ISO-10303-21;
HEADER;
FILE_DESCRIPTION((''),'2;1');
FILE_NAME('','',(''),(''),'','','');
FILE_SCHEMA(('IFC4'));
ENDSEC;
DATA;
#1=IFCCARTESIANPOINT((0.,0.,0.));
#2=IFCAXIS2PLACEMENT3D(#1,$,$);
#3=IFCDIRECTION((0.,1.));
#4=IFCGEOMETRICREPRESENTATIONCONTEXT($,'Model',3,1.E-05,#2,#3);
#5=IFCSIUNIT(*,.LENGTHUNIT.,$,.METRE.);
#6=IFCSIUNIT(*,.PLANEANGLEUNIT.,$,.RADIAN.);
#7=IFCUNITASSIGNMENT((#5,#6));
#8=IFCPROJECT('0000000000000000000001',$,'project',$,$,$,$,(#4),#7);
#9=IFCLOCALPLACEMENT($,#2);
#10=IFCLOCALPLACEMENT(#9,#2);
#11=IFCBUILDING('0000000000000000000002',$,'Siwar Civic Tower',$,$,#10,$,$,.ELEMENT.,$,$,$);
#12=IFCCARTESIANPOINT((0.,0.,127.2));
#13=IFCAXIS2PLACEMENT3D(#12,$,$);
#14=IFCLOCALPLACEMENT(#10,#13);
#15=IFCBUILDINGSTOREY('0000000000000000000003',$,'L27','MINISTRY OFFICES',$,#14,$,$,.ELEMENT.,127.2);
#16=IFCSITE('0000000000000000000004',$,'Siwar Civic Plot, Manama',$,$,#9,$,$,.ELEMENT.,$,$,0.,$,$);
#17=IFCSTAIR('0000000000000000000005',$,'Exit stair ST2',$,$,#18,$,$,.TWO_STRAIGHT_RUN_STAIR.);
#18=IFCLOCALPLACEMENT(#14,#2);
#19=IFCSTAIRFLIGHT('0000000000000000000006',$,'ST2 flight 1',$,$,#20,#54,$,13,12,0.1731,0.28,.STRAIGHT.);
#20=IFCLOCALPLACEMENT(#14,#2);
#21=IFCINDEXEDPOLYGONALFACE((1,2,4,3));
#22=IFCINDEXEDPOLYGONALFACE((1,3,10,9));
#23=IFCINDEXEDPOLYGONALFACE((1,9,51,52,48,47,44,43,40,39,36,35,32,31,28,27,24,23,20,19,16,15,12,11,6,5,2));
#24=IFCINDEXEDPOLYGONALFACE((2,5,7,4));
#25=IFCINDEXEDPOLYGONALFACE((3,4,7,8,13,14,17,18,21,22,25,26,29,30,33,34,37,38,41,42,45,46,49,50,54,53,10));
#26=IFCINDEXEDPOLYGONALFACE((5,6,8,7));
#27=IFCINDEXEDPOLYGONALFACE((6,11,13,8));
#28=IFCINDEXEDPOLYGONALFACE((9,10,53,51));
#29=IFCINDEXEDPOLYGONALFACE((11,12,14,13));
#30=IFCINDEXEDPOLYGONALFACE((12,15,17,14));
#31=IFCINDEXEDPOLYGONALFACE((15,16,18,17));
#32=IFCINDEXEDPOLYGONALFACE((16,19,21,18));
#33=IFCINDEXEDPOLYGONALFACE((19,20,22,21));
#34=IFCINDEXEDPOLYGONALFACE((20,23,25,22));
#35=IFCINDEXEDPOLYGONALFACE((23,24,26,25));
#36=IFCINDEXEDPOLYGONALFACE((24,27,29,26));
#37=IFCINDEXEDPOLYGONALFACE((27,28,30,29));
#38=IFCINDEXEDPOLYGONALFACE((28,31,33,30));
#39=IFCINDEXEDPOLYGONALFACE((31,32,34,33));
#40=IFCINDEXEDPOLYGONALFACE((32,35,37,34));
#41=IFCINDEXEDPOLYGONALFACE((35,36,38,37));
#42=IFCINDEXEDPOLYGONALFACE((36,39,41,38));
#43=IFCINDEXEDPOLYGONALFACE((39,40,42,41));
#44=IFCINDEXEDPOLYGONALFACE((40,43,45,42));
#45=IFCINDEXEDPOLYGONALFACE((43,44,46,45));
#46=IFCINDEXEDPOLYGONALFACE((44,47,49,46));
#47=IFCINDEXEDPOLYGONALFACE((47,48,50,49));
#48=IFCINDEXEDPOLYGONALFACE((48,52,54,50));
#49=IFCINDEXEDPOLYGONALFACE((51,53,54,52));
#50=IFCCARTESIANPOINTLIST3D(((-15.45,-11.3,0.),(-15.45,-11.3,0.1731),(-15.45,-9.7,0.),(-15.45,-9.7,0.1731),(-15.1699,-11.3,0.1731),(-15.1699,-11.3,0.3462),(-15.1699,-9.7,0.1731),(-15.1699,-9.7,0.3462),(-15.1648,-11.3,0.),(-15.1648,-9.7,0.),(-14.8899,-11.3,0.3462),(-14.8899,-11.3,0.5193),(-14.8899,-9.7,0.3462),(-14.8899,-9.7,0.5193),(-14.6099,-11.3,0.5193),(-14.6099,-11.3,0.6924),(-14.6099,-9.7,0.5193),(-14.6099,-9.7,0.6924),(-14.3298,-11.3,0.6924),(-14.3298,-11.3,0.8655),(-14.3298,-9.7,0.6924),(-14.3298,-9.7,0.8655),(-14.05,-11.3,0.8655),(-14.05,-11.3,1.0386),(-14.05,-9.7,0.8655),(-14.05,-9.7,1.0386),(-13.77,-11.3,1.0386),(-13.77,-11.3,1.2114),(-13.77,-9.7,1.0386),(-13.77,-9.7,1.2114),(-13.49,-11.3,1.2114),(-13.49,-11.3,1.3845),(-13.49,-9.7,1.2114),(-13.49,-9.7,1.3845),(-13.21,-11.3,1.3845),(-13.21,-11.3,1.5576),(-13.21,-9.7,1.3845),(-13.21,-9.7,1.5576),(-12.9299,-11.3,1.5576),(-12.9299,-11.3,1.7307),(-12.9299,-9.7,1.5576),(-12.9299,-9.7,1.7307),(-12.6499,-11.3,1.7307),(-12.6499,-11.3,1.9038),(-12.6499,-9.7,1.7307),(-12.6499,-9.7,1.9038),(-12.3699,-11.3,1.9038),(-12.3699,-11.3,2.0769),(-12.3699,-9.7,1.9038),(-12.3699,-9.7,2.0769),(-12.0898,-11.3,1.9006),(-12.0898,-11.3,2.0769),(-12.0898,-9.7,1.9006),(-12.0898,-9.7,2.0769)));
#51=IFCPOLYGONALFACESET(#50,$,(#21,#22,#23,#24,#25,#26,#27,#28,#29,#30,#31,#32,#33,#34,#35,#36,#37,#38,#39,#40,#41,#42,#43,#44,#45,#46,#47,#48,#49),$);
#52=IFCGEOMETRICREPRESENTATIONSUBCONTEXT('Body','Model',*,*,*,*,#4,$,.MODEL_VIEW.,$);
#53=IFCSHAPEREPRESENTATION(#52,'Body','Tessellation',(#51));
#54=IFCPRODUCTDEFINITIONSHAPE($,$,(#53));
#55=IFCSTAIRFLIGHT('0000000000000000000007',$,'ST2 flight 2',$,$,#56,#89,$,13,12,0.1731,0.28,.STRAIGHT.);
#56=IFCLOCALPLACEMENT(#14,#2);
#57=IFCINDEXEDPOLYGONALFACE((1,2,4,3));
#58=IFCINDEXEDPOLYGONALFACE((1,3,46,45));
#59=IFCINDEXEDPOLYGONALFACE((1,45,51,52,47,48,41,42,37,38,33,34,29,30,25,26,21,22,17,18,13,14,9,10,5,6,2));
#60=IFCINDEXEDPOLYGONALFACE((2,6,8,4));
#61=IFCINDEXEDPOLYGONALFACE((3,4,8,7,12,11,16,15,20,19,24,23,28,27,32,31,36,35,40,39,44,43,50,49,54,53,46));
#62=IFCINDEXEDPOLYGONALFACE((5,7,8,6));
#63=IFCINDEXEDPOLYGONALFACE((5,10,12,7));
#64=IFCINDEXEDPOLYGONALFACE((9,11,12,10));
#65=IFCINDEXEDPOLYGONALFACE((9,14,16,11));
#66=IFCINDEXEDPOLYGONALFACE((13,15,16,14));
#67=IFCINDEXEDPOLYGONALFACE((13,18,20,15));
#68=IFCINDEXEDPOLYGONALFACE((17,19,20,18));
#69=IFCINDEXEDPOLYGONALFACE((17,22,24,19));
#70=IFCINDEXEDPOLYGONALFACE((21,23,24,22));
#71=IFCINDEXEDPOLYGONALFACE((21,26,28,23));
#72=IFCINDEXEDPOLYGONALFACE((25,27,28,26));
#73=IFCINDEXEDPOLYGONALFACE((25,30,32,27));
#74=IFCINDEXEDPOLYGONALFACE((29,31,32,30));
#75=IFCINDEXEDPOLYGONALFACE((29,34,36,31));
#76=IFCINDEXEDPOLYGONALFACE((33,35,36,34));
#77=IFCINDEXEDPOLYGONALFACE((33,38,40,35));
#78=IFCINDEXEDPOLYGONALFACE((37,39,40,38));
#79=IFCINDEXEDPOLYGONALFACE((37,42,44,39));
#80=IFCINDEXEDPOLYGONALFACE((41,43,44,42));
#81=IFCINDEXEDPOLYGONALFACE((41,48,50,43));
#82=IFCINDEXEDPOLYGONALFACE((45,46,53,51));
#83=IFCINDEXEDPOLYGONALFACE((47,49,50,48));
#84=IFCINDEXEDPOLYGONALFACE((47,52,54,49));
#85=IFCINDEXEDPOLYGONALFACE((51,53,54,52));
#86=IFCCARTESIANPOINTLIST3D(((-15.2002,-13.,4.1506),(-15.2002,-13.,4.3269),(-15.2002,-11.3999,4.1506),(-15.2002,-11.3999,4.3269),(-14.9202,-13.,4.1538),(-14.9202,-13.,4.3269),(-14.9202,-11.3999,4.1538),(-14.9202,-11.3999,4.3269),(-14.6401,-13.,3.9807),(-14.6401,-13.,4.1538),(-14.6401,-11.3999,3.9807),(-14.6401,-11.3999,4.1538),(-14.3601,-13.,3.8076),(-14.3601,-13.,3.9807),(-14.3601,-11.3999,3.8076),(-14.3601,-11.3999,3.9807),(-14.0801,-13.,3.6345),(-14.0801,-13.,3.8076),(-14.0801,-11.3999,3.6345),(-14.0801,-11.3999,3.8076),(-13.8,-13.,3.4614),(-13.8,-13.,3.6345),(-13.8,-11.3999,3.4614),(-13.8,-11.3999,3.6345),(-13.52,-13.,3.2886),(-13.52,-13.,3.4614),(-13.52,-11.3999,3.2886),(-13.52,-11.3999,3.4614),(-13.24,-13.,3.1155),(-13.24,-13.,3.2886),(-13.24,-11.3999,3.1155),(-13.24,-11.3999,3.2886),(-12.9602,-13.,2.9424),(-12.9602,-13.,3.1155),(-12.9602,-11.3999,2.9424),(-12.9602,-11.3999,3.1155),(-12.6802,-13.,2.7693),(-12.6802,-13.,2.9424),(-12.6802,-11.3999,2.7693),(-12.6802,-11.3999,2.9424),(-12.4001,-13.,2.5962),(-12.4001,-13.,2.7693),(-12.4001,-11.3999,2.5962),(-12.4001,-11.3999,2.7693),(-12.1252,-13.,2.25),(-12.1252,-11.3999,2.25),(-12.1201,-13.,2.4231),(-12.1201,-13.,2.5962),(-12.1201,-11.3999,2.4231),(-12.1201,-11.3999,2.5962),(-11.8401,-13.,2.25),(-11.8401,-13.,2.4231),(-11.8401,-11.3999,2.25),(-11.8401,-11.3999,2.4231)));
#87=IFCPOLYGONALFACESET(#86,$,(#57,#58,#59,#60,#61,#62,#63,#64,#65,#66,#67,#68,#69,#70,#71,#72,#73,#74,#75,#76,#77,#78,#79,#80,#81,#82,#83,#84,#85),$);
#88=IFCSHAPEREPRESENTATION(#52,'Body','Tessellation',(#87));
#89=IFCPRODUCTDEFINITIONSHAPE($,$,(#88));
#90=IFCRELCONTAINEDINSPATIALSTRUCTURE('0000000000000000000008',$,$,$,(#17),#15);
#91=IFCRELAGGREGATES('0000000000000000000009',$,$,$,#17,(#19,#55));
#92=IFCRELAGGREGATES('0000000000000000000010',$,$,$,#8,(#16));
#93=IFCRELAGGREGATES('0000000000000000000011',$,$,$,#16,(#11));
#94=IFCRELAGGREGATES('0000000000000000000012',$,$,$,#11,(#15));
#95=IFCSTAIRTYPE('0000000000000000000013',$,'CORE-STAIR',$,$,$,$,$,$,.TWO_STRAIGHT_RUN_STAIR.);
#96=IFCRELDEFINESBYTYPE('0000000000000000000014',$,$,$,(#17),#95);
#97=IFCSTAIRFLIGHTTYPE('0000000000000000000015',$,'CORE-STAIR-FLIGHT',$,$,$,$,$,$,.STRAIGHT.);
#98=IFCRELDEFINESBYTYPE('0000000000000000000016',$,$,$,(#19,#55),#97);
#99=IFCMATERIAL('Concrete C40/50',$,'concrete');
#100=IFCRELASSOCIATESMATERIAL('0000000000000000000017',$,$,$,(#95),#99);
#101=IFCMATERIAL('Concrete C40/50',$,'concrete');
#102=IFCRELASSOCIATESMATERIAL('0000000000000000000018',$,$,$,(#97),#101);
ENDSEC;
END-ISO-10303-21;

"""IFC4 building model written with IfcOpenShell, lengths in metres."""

from ifc_helpers import new_model, si_unit, direction, frame, origin, place, context, subcontext, project, spatial, polyline, outline, extrude, material, type_object, element, aggregate, save


model = new_model("IFC4")

# Units and contexts
model_context = context("Model", 3, precision=1e-05, world=origin(), true_north=direction((0.0, 1.0)))
body_context = subcontext(model_context, "Body", "Model", "MODEL_VIEW")
ifc_project = project(units=[si_unit("LENGTHUNIT", "METRE"), si_unit("PLANEANGLEUNIT", "RADIAN")], contexts=[model_context])

# Site, building, storey
site_placement = place(None, origin())
site = spatial("IfcSite", under=ifc_project, at=site_placement, Name="Siwar Civic Plot, Manama", CompositionType="ELEMENT", RefElevation=0.0)
building_placement = place(site_placement, origin())
building = spatial("IfcBuilding", under=site, at=building_placement, Name="Siwar Civic Tower", CompositionType="ELEMENT")
storey_placement = place(building_placement, frame((0.0, 0.0, 127.2)))
storey = spatial("IfcBuildingStorey", under=building, at=storey_placement, Name="L27", Description="MINISTRY OFFICES", CompositionType="ELEMENT", Elevation=127.2)

# Stair, stair flights
ifc_material_1 = material(Name="Concrete C40/50", Category="concrete")
stair_type = type_object("IfcStairType", Name="CORE-STAIR", PredefinedType="TWO_STRAIGHT_RUN_STAIR", material=ifc_material_1)
stair_placement = place(storey_placement, origin())
stair = element("IfcStair", 1, at=stair_placement, inside=storey, type_object=stair_type, Name="Exit stair ST2", PredefinedType="TWO_STRAIGHT_RUN_STAIR")
ifc_material_2 = material(Name="Concrete C40/50", Category="concrete")
stair_flight_type = type_object("IfcStairFlightType", Name="CORE-STAIR-FLIGHT", PredefinedType="STRAIGHT", material=ifc_material_2)
stair_flight_1_placement = place(storey_placement, frame((-15.45, -10.5, 0.0), z_axis=(0.0, 0.0, 1.0), x_axis=(1.0, 0.0, 0.0)))
stair_flight_1 = element("IfcStairFlight", 2, at=stair_flight_1_placement, type_object=stair_flight_type, Name="ST2 flight 1", NumberOfRisers=13, NumberOfTreads=12, PredefinedType="STRAIGHT", RiserHeight=0.1731, TreadLength=0.28, context=body_context, shape_type="SweptSolid", body=[
    extrude(outline(polyline([(0.0, 0.0), (0.0, 0.1731), (0.28, 0.1731), (0.28, 0.3462), (0.5601, 0.3462), (0.5601, 0.5193), (0.8401, 0.5193), (0.8401, 0.6924), (1.1201, 0.6924), (1.1201, 0.8655), (1.3999, 0.8655), (1.3999, 1.0386), (1.6799, 1.0386), (1.6799, 1.2114), (1.96, 1.2114), (1.96, 1.3845), (2.24, 1.3845), (2.24, 1.5576), (2.52, 1.5576), (2.52, 1.7307), (2.8, 1.7307), (2.8, 1.9038), (3.0801, 1.9038), (3.0801, 2.0769), (3.3601, 2.0769), (3.3601, 2.25), (3.3601, 1.9006), (0.2852, 0.0), (0.0, 0.0)])), frame((0.0, 0.8, 0.0), z_axis=(0.0, -1.0, 0.0), x_axis=(1.0, 0.0, 0.0)), (0.0, 0.0, 1.0), 1.6001),
])
stair_flight_2_placement = place(storey_placement, frame((-11.8401, -12.2, 2.25), z_axis=(0.0, 0.0, 1.0), x_axis=(-1.0, 0.0, 0.0)))
stair_flight_2 = element("IfcStairFlight", 3, at=stair_flight_2_placement, type_object=stair_flight_type, Name="ST2 flight 2", NumberOfRisers=13, NumberOfTreads=12, PredefinedType="STRAIGHT", RiserHeight=0.1731, TreadLength=0.28, context=body_context, shape_type="SweptSolid", body=[
    extrude(outline(polyline([(0.0, 0.0), (0.0, 0.1731), (0.28, 0.1731), (0.28, 0.3462), (0.5601, 0.3462), (0.5601, 0.5193), (0.8401, 0.5193), (0.8401, 0.6924), (1.1201, 0.6924), (1.1201, 0.8655), (1.3999, 0.8655), (1.3999, 1.0386), (1.6799, 1.0386), (1.6799, 1.2114), (1.96, 1.2114), (1.96, 1.3845), (2.24, 1.3845), (2.24, 1.5576), (2.52, 1.5576), (2.52, 1.7307), (2.8, 1.7307), (2.8, 1.9038), (3.0801, 1.9038), (3.0801, 2.0769), (3.3601, 2.0769), (3.3601, 2.25), (3.3601, 1.9006), (0.2852, 0.0), (0.0, 0.0)])), frame((0.0, 0.8, 0.0), z_axis=(0.0, -1.0, 0.0), x_axis=(1.0, 0.0, 0.0)), (0.0, 0.0, 1.0), 1.6001),
])
aggregate(stair, [stair_flight_1, stair_flight_2])

save(model, "model.ifc")
